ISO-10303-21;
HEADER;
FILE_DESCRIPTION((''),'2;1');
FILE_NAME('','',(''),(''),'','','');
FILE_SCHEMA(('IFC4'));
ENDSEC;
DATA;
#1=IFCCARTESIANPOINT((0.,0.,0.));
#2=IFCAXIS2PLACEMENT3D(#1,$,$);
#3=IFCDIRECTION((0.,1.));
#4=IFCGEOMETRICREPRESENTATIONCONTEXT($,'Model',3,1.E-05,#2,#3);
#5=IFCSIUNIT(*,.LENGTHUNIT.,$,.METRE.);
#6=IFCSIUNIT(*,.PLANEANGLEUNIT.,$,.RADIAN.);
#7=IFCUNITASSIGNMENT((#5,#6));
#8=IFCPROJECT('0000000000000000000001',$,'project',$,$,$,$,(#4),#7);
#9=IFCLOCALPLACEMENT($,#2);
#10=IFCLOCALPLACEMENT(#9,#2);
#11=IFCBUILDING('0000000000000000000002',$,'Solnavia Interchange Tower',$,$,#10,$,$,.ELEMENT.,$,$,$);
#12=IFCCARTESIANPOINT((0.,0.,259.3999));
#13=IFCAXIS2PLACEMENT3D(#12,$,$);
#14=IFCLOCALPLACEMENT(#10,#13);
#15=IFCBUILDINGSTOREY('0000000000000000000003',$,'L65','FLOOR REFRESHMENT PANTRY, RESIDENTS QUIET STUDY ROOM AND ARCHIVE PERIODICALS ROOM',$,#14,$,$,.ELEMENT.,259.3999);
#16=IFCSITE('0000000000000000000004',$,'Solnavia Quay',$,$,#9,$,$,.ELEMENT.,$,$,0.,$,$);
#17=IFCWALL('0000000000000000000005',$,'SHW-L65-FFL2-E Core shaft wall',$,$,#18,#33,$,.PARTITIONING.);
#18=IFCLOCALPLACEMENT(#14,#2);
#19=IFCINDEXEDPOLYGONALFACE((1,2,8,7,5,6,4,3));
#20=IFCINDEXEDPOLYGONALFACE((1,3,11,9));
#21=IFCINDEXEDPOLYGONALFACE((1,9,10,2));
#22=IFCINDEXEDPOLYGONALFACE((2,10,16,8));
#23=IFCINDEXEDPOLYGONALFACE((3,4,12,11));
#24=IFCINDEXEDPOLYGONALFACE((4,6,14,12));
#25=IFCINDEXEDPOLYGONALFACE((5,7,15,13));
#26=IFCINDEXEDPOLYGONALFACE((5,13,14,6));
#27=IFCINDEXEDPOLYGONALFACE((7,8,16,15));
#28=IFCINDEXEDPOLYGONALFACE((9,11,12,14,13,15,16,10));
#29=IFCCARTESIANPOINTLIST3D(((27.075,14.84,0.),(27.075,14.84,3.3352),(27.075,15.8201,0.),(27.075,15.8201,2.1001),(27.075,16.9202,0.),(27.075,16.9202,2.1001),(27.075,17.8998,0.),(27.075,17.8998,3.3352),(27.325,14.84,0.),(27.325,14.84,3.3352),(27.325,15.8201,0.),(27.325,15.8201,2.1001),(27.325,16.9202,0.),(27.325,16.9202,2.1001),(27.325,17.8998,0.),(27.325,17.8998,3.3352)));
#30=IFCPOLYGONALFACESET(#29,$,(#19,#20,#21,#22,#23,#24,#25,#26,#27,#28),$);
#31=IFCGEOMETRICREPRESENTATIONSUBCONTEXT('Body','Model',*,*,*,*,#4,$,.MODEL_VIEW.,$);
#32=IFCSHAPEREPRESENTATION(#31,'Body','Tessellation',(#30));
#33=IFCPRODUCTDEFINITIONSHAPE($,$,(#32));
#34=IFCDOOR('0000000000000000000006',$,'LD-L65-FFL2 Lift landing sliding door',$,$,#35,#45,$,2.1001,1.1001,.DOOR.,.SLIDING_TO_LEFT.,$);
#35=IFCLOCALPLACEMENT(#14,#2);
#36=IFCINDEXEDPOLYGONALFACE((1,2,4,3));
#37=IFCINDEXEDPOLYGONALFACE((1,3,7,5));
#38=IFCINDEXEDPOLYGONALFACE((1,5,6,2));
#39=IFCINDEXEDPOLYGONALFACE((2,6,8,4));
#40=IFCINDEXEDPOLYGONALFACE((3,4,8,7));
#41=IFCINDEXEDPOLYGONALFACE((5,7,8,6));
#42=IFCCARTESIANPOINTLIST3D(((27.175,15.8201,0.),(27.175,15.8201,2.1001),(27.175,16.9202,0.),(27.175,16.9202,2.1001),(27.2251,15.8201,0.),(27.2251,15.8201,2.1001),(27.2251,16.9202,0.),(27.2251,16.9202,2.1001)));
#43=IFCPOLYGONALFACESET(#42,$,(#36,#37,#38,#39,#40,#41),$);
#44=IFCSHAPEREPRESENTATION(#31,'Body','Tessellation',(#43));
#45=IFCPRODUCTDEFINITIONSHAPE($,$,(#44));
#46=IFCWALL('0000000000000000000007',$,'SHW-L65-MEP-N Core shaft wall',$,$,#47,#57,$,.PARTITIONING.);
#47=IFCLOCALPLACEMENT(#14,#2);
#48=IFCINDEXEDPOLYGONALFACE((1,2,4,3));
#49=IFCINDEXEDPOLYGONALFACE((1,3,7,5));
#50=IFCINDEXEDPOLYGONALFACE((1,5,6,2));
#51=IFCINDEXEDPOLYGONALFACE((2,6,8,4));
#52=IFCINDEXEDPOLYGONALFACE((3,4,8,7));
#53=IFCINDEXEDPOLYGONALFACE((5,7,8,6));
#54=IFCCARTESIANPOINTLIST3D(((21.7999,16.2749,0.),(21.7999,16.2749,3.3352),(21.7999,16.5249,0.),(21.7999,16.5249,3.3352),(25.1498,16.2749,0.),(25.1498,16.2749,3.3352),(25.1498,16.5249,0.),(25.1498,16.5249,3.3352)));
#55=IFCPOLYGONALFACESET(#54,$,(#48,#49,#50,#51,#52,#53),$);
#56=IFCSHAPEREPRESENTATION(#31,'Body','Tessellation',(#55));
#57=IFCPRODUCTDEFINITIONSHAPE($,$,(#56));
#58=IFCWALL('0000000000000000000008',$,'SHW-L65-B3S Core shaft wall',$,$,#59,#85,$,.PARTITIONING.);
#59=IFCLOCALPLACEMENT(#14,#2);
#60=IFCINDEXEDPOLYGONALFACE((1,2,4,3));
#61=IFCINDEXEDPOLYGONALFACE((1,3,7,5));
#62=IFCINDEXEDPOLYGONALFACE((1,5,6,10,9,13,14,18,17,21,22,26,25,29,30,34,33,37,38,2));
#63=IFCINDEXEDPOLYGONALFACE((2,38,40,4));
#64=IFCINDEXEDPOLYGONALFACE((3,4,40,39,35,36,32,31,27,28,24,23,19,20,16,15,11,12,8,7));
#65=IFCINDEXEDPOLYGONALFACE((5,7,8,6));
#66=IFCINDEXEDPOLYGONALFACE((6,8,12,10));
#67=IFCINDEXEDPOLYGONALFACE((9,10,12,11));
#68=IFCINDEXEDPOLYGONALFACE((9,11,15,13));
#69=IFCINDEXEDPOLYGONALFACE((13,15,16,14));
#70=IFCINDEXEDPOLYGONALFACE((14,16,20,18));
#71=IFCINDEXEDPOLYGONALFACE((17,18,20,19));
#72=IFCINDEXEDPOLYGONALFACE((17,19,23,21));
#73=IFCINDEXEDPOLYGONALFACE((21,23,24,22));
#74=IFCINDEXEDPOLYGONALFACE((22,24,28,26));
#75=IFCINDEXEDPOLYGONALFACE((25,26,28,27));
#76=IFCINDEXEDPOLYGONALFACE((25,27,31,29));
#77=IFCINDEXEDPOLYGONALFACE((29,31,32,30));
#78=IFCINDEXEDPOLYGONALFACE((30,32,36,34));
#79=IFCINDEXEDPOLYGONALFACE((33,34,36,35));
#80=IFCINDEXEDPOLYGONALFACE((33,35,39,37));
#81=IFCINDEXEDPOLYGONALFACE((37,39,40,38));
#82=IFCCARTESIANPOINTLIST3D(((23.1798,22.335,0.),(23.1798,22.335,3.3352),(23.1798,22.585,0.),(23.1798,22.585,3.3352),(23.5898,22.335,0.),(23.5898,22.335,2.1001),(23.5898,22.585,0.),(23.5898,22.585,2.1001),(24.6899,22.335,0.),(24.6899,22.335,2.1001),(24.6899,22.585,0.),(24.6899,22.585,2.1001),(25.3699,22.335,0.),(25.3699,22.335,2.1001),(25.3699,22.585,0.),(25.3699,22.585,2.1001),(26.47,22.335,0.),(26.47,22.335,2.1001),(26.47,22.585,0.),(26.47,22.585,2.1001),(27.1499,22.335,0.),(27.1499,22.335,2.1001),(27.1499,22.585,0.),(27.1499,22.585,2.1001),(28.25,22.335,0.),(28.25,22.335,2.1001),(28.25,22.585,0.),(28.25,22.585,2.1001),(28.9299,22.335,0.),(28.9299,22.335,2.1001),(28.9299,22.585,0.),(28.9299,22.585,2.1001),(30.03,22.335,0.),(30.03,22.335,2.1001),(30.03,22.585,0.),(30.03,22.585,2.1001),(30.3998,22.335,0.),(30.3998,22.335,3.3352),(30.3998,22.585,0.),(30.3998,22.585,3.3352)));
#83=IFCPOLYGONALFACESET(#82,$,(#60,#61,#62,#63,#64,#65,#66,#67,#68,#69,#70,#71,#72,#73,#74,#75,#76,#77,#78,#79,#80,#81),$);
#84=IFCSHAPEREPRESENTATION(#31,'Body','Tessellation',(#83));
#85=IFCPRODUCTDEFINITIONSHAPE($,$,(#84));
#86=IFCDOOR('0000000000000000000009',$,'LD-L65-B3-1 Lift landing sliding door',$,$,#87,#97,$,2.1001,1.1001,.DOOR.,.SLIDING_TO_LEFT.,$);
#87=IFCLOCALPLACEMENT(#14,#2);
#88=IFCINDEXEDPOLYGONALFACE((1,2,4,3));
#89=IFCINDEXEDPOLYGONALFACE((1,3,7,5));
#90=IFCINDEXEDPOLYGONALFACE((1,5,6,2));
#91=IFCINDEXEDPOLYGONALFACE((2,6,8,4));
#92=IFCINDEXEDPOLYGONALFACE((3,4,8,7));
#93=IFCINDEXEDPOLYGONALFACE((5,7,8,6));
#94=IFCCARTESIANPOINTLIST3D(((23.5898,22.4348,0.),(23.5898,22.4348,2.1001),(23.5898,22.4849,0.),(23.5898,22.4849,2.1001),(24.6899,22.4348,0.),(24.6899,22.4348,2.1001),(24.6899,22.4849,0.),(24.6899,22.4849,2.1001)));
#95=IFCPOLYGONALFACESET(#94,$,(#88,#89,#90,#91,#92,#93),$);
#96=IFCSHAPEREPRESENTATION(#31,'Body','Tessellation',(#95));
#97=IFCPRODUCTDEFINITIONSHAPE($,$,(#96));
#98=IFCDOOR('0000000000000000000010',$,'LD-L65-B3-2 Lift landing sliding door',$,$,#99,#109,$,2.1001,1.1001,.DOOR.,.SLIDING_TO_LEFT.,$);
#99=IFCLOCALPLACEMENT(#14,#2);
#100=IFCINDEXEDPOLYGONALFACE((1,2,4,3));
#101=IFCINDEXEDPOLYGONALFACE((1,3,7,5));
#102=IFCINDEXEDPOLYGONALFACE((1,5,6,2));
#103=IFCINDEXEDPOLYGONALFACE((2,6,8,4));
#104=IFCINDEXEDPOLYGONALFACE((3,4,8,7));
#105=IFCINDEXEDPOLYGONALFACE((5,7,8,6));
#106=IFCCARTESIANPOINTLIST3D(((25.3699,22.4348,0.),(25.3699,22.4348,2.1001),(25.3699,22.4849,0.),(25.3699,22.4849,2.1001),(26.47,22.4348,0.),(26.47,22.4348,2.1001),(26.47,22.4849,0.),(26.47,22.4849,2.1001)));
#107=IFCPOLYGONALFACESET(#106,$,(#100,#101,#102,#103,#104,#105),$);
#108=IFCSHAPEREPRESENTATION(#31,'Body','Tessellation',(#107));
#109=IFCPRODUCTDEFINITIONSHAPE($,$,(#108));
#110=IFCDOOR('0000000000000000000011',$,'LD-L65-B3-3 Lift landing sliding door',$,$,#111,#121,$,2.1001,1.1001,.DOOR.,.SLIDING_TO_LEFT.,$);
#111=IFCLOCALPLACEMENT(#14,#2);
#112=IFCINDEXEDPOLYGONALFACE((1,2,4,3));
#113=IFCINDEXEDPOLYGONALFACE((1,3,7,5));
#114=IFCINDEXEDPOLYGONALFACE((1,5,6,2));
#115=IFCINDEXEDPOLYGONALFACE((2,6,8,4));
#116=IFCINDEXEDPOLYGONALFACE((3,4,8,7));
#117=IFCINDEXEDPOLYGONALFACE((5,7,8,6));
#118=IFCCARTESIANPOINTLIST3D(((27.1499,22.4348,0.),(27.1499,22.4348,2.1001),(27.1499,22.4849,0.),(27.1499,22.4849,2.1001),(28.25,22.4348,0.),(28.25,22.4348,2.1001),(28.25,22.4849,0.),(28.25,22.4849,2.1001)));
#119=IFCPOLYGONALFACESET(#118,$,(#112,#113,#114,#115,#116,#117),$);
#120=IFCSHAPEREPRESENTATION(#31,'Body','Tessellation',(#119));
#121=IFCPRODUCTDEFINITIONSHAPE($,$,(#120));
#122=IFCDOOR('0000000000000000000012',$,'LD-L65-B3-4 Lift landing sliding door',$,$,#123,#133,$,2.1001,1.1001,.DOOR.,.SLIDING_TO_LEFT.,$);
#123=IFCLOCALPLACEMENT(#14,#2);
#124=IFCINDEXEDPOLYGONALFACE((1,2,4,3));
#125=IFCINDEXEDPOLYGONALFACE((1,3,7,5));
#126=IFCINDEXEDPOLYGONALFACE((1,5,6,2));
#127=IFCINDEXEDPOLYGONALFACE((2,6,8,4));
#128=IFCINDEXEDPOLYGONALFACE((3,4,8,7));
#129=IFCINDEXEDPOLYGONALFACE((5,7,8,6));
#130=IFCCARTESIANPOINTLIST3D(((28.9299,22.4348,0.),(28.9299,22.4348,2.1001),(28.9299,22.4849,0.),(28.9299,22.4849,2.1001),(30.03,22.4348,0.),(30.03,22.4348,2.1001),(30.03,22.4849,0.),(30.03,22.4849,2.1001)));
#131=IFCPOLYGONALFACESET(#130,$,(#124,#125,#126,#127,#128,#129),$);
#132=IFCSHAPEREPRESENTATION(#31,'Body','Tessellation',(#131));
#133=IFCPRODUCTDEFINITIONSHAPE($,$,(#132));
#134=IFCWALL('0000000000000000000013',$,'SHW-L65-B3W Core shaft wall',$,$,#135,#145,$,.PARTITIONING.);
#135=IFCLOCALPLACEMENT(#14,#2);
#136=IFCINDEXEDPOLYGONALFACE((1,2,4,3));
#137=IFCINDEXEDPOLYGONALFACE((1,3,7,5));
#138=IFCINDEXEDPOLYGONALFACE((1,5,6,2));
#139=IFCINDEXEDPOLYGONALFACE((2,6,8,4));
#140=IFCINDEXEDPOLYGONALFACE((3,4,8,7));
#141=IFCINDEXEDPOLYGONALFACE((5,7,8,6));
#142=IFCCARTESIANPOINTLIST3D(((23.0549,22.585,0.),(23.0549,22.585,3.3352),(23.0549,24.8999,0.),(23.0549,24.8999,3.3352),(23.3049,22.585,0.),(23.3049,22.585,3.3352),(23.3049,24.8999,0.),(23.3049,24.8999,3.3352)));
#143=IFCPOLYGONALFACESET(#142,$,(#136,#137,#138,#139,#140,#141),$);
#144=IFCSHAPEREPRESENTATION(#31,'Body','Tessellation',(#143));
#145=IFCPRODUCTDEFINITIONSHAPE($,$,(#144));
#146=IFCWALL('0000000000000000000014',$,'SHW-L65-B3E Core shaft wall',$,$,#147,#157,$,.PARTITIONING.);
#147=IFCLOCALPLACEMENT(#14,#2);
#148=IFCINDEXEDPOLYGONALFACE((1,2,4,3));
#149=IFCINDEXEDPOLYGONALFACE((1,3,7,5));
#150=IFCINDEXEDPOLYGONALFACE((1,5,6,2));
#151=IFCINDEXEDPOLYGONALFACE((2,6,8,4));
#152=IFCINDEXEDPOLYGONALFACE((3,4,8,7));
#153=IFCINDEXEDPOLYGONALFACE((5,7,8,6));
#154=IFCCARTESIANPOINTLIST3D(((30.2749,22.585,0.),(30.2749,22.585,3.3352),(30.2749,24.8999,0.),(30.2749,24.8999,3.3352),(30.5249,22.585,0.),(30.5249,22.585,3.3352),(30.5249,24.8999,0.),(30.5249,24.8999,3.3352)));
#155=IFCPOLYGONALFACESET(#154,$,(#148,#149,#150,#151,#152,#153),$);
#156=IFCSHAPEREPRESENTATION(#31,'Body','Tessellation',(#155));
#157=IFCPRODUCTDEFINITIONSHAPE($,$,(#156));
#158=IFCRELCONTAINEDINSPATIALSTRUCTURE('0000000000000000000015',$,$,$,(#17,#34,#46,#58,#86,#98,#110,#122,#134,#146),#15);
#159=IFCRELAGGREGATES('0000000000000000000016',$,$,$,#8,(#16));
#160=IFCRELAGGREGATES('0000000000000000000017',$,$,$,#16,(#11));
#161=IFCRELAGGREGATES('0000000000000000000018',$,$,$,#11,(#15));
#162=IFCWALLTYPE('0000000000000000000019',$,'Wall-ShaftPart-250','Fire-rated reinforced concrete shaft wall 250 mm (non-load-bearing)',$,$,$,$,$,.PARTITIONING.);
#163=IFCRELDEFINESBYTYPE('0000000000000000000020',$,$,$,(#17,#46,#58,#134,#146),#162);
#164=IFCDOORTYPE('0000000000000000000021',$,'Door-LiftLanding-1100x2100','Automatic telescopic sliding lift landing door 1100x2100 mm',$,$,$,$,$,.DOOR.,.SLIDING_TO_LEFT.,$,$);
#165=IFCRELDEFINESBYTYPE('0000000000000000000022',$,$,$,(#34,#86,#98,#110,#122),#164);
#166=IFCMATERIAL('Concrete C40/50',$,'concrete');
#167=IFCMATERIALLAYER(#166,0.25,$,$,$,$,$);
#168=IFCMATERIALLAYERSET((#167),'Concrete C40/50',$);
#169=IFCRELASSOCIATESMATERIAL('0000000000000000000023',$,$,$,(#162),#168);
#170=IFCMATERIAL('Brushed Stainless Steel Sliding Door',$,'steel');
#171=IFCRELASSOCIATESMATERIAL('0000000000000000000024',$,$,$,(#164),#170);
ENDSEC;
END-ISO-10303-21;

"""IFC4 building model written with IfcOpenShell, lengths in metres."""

from ifc_helpers import new_model, si_unit, direction, frame, frame_2d, origin, place, context, subcontext, project, spatial, rectangle, extrude, material, layer, layer_set, type_object, element, fill, save


model = new_model("IFC4")

# Units and contexts
model_context = context("Model", 3, precision=1e-05, world=origin(), true_north=direction((0.0, 1.0)))
body_context = subcontext(model_context, "Body", "Model", "MODEL_VIEW")
ifc_project = project(units=[si_unit("LENGTHUNIT", "METRE"), si_unit("PLANEANGLEUNIT", "RADIAN")], contexts=[model_context])

# Site, building, storey
site_placement = place(None, origin())
site = spatial("IfcSite", under=ifc_project, at=site_placement, Name="Solnavia Quay", CompositionType="ELEMENT", RefElevation=0.0)
building_placement = place(site_placement, origin())
building = spatial("IfcBuilding", under=site, at=building_placement, Name="Solnavia Interchange Tower", CompositionType="ELEMENT")
storey_placement = place(building_placement, frame((0.0, 0.0, 259.3999)))
storey = spatial("IfcBuildingStorey", under=building, at=storey_placement, Name="L65", Description="FLOOR REFRESHMENT PANTRY, RESIDENTS QUIET STUDY ROOM AND ARCHIVE PERIODICALS ROOM", CompositionType="ELEMENT", Elevation=259.3999)

# Shared definitions
ifc_material_1 = material(Name="Concrete C40/50", Category="concrete")
ifc_layer_1 = layer(ifc_material_1, 0.25)
ifc_layer_set_1 = layer_set([ifc_layer_1], Name="Concrete C40/50")
wall_type_1 = type_object("IfcWallType", Name="Wall-ShaftPart-250", Description="Fire-rated reinforced concrete shaft wall 250 mm (non-load-bearing)", PredefinedType="PARTITIONING", material=ifc_layer_set_1)

# Wall, opening, door
wall_1_placement = place(storey_placement, frame((27.2, 14.8401, 0.0), z_axis=(0.0, 0.0, 1.0), x_axis=(0.0, 1.0, 0.0)))
wall_1 = element("IfcWall", 1, at=wall_1_placement, inside=storey, type_object=wall_type_1, Name="SHW-L65-FFL2-E Core shaft wall", PredefinedType="PARTITIONING", context=body_context, shape_type="SweptSolid", body=[
    extrude(rectangle(XDim=3.0598, YDim=0.25, at=frame_2d((1.5298, 0.0))), origin(), (0.0, 0.0, 1.0), 3.3352),
])
opening_1_placement = place(wall_1_placement, frame((0.98, 0.0, 0.0)))
opening_1 = element("IfcOpeningElement", 2, at=opening_1_placement, cuts=wall_1, PredefinedType="OPENING", context=body_context, shape_type="SweptSolid", body=[
    extrude(rectangle(XDim=1.1001, YDim=2.1001, at=frame_2d((0.55, 1.05))), frame((0.0, 0.135, 0.0), z_axis=(0.0, -1.0, 0.0), x_axis=(1.0, 0.0, 0.0)), (0.0, 0.0, 1.0), 0.27),
])
ifc_material_2 = material(Name="Brushed Stainless Steel Sliding Door", Category="steel")
door_type_1 = type_object("IfcDoorType", Name="Door-LiftLanding-1100x2100", Description="Automatic telescopic sliding lift landing door 1100x2100 mm", OperationType="SLIDING_TO_LEFT", PredefinedType="DOOR", material=ifc_material_2)
door_1_placement = place(opening_1_placement, origin())
door_1 = element("IfcDoor", 3, at=door_1_placement, inside=storey, type_object=door_type_1, Name="LD-L65-FFL2 Lift landing sliding door", OperationType="SLIDING_TO_LEFT", OverallHeight=2.1001, OverallWidth=1.1001, PredefinedType="DOOR", context=body_context, shape_type="SweptSolid", body=[
    extrude(rectangle(XDim=1.1001, YDim=2.1001, at=frame_2d((0.55, 1.05))), frame((0.0, 0.0249, 0.0), z_axis=(0.0, -1.0, 0.0), x_axis=(1.0, 0.0, 0.0)), (0.0, 0.0, 1.0), 0.05),
])
fill(opening_1, door_1)

# Wall
wall_2_placement = place(storey_placement, frame((21.8, 16.3999, 0.0), z_axis=(0.0, 0.0, 1.0), x_axis=(1.0, 0.0, 0.0)))
element("IfcWall", 4, at=wall_2_placement, inside=storey, type_object=wall_type_1, Name="SHW-L65-MEP-N Core shaft wall", PredefinedType="PARTITIONING", context=body_context, shape_type="SweptSolid", body=[
    extrude(rectangle(XDim=3.3499, YDim=0.25, at=frame_2d((1.6748, 0.0))), origin(), (0.0, 0.0, 1.0), 3.3352),
])

# Wall, openings, doors
wall_3_placement = place(storey_placement, frame((23.1799, 22.46, 0.0), z_axis=(0.0, 0.0, 1.0), x_axis=(1.0, 0.0, 0.0)))
wall_3 = element("IfcWall", 5, at=wall_3_placement, inside=storey, type_object=wall_type_1, Name="SHW-L65-B3S Core shaft wall", PredefinedType="PARTITIONING", context=body_context, shape_type="SweptSolid", body=[
    extrude(rectangle(XDim=7.22, YDim=0.25, at=frame_2d((3.6099, 0.0))), origin(), (0.0, 0.0, 1.0), 3.3352),
])
opening_2_placement = place(wall_3_placement, frame((0.4099, 0.0, 0.0)))
opening_2 = element("IfcOpeningElement", 6, at=opening_2_placement, cuts=wall_3, PredefinedType="OPENING", context=body_context, shape_type="SweptSolid", body=[
    extrude(rectangle(XDim=1.1001, YDim=2.1001, at=frame_2d((0.55, 1.05))), frame((0.0, 0.135, 0.0), z_axis=(0.0, -1.0, 0.0), x_axis=(1.0, 0.0, 0.0)), (0.0, 0.0, 1.0), 0.27),
])
opening_3_placement = place(wall_3_placement, frame((2.1899, 0.0, 0.0)))
opening_3 = element("IfcOpeningElement", 7, at=opening_3_placement, cuts=wall_3, PredefinedType="OPENING", context=body_context, shape_type="SweptSolid", body=[
    extrude(rectangle(XDim=1.1001, YDim=2.1001, at=frame_2d((0.55, 1.05))), frame((0.0, 0.135, 0.0), z_axis=(0.0, -1.0, 0.0), x_axis=(1.0, 0.0, 0.0)), (0.0, 0.0, 1.0), 0.27),
])
opening_4_placement = place(wall_3_placement, frame((3.97, 0.0, 0.0)))
opening_4 = element("IfcOpeningElement", 8, at=opening_4_placement, cuts=wall_3, PredefinedType="OPENING", context=body_context, shape_type="SweptSolid", body=[
    extrude(rectangle(XDim=1.1001, YDim=2.1001, at=frame_2d((0.55, 1.05))), frame((0.0, 0.135, 0.0), z_axis=(0.0, -1.0, 0.0), x_axis=(1.0, 0.0, 0.0)), (0.0, 0.0, 1.0), 0.27),
])
opening_5_placement = place(wall_3_placement, frame((5.75, 0.0, 0.0)))
opening_5 = element("IfcOpeningElement", 9, at=opening_5_placement, cuts=wall_3, PredefinedType="OPENING", context=body_context, shape_type="SweptSolid", body=[
    extrude(rectangle(XDim=1.1001, YDim=2.1001, at=frame_2d((0.55, 1.05))), frame((0.0, 0.135, 0.0), z_axis=(0.0, -1.0, 0.0), x_axis=(1.0, 0.0, 0.0)), (0.0, 0.0, 1.0), 0.27),
])
door_2_placement = place(opening_2_placement, origin())
door_2 = element("IfcDoor", 10, at=door_2_placement, inside=storey, type_object=door_type_1, Name="LD-L65-B3-1 Lift landing sliding door", OperationType="SLIDING_TO_LEFT", OverallHeight=2.1001, OverallWidth=1.1001, PredefinedType="DOOR", context=body_context, shape_type="SweptSolid", body=[
    extrude(rectangle(XDim=1.1001, YDim=2.1001, at=frame_2d((0.55, 1.05))), frame((0.0, 0.0249, 0.0), z_axis=(0.0, -1.0, 0.0), x_axis=(1.0, 0.0, 0.0)), (0.0, 0.0, 1.0), 0.05),
])
fill(opening_2, door_2)
door_3_placement = place(opening_3_placement, origin())
door_3 = element("IfcDoor", 11, at=door_3_placement, inside=storey, type_object=door_type_1, Name="LD-L65-B3-2 Lift landing sliding door", OperationType="SLIDING_TO_LEFT", OverallHeight=2.1001, OverallWidth=1.1001, PredefinedType="DOOR", context=body_context, shape_type="SweptSolid", body=[
    extrude(rectangle(XDim=1.1001, YDim=2.1001, at=frame_2d((0.55, 1.05))), frame((0.0, 0.0249, 0.0), z_axis=(0.0, -1.0, 0.0), x_axis=(1.0, 0.0, 0.0)), (0.0, 0.0, 1.0), 0.05),
])
fill(opening_3, door_3)
door_4_placement = place(opening_4_placement, origin())
door_4 = element("IfcDoor", 12, at=door_4_placement, inside=storey, type_object=door_type_1, Name="LD-L65-B3-3 Lift landing sliding door", OperationType="SLIDING_TO_LEFT", OverallHeight=2.1001, OverallWidth=1.1001, PredefinedType="DOOR", context=body_context, shape_type="SweptSolid", body=[
    extrude(rectangle(XDim=1.1001, YDim=2.1001, at=frame_2d((0.55, 1.05))), frame((0.0, 0.0249, 0.0), z_axis=(0.0, -1.0, 0.0), x_axis=(1.0, 0.0, 0.0)), (0.0, 0.0, 1.0), 0.05),
])
fill(opening_4, door_4)
door_5_placement = place(opening_5_placement, origin())
door_5 = element("IfcDoor", 13, at=door_5_placement, inside=storey, type_object=door_type_1, Name="LD-L65-B3-4 Lift landing sliding door", OperationType="SLIDING_TO_LEFT", OverallHeight=2.1001, OverallWidth=1.1001, PredefinedType="DOOR", context=body_context, shape_type="SweptSolid", body=[
    extrude(rectangle(XDim=1.1001, YDim=2.1001, at=frame_2d((0.55, 1.05))), frame((0.0, 0.0249, 0.0), z_axis=(0.0, -1.0, 0.0), x_axis=(1.0, 0.0, 0.0)), (0.0, 0.0, 1.0), 0.05),
])
fill(opening_5, door_5)

# Walls
for number, where, z_axis, x_axis, name in (
    (14, (23.1799, 22.585, 0.0), (0.0, 0.0, 1.0), (0.0, 1.0, 0.0), "SHW-L65-B3W Core shaft wall"),
    (15, (30.3999, 22.585, 0.0), (0.0, 0.0, 1.0), (0.0, 1.0, 0.0), "SHW-L65-B3E Core shaft wall"),
):
    element("IfcWall", number, at=place(storey_placement, frame(where, z_axis=z_axis, x_axis=x_axis)), inside=storey, type_object=wall_type_1, Name=name, PredefinedType="PARTITIONING", context=body_context, shape_type="SweptSolid", body=[
        extrude(rectangle(XDim=2.3149, YDim=0.25, at=frame_2d((1.1575, 0.0))), origin(), (0.0, 0.0, 1.0), 3.3352),
    ])

save(model, "model.ifc")
